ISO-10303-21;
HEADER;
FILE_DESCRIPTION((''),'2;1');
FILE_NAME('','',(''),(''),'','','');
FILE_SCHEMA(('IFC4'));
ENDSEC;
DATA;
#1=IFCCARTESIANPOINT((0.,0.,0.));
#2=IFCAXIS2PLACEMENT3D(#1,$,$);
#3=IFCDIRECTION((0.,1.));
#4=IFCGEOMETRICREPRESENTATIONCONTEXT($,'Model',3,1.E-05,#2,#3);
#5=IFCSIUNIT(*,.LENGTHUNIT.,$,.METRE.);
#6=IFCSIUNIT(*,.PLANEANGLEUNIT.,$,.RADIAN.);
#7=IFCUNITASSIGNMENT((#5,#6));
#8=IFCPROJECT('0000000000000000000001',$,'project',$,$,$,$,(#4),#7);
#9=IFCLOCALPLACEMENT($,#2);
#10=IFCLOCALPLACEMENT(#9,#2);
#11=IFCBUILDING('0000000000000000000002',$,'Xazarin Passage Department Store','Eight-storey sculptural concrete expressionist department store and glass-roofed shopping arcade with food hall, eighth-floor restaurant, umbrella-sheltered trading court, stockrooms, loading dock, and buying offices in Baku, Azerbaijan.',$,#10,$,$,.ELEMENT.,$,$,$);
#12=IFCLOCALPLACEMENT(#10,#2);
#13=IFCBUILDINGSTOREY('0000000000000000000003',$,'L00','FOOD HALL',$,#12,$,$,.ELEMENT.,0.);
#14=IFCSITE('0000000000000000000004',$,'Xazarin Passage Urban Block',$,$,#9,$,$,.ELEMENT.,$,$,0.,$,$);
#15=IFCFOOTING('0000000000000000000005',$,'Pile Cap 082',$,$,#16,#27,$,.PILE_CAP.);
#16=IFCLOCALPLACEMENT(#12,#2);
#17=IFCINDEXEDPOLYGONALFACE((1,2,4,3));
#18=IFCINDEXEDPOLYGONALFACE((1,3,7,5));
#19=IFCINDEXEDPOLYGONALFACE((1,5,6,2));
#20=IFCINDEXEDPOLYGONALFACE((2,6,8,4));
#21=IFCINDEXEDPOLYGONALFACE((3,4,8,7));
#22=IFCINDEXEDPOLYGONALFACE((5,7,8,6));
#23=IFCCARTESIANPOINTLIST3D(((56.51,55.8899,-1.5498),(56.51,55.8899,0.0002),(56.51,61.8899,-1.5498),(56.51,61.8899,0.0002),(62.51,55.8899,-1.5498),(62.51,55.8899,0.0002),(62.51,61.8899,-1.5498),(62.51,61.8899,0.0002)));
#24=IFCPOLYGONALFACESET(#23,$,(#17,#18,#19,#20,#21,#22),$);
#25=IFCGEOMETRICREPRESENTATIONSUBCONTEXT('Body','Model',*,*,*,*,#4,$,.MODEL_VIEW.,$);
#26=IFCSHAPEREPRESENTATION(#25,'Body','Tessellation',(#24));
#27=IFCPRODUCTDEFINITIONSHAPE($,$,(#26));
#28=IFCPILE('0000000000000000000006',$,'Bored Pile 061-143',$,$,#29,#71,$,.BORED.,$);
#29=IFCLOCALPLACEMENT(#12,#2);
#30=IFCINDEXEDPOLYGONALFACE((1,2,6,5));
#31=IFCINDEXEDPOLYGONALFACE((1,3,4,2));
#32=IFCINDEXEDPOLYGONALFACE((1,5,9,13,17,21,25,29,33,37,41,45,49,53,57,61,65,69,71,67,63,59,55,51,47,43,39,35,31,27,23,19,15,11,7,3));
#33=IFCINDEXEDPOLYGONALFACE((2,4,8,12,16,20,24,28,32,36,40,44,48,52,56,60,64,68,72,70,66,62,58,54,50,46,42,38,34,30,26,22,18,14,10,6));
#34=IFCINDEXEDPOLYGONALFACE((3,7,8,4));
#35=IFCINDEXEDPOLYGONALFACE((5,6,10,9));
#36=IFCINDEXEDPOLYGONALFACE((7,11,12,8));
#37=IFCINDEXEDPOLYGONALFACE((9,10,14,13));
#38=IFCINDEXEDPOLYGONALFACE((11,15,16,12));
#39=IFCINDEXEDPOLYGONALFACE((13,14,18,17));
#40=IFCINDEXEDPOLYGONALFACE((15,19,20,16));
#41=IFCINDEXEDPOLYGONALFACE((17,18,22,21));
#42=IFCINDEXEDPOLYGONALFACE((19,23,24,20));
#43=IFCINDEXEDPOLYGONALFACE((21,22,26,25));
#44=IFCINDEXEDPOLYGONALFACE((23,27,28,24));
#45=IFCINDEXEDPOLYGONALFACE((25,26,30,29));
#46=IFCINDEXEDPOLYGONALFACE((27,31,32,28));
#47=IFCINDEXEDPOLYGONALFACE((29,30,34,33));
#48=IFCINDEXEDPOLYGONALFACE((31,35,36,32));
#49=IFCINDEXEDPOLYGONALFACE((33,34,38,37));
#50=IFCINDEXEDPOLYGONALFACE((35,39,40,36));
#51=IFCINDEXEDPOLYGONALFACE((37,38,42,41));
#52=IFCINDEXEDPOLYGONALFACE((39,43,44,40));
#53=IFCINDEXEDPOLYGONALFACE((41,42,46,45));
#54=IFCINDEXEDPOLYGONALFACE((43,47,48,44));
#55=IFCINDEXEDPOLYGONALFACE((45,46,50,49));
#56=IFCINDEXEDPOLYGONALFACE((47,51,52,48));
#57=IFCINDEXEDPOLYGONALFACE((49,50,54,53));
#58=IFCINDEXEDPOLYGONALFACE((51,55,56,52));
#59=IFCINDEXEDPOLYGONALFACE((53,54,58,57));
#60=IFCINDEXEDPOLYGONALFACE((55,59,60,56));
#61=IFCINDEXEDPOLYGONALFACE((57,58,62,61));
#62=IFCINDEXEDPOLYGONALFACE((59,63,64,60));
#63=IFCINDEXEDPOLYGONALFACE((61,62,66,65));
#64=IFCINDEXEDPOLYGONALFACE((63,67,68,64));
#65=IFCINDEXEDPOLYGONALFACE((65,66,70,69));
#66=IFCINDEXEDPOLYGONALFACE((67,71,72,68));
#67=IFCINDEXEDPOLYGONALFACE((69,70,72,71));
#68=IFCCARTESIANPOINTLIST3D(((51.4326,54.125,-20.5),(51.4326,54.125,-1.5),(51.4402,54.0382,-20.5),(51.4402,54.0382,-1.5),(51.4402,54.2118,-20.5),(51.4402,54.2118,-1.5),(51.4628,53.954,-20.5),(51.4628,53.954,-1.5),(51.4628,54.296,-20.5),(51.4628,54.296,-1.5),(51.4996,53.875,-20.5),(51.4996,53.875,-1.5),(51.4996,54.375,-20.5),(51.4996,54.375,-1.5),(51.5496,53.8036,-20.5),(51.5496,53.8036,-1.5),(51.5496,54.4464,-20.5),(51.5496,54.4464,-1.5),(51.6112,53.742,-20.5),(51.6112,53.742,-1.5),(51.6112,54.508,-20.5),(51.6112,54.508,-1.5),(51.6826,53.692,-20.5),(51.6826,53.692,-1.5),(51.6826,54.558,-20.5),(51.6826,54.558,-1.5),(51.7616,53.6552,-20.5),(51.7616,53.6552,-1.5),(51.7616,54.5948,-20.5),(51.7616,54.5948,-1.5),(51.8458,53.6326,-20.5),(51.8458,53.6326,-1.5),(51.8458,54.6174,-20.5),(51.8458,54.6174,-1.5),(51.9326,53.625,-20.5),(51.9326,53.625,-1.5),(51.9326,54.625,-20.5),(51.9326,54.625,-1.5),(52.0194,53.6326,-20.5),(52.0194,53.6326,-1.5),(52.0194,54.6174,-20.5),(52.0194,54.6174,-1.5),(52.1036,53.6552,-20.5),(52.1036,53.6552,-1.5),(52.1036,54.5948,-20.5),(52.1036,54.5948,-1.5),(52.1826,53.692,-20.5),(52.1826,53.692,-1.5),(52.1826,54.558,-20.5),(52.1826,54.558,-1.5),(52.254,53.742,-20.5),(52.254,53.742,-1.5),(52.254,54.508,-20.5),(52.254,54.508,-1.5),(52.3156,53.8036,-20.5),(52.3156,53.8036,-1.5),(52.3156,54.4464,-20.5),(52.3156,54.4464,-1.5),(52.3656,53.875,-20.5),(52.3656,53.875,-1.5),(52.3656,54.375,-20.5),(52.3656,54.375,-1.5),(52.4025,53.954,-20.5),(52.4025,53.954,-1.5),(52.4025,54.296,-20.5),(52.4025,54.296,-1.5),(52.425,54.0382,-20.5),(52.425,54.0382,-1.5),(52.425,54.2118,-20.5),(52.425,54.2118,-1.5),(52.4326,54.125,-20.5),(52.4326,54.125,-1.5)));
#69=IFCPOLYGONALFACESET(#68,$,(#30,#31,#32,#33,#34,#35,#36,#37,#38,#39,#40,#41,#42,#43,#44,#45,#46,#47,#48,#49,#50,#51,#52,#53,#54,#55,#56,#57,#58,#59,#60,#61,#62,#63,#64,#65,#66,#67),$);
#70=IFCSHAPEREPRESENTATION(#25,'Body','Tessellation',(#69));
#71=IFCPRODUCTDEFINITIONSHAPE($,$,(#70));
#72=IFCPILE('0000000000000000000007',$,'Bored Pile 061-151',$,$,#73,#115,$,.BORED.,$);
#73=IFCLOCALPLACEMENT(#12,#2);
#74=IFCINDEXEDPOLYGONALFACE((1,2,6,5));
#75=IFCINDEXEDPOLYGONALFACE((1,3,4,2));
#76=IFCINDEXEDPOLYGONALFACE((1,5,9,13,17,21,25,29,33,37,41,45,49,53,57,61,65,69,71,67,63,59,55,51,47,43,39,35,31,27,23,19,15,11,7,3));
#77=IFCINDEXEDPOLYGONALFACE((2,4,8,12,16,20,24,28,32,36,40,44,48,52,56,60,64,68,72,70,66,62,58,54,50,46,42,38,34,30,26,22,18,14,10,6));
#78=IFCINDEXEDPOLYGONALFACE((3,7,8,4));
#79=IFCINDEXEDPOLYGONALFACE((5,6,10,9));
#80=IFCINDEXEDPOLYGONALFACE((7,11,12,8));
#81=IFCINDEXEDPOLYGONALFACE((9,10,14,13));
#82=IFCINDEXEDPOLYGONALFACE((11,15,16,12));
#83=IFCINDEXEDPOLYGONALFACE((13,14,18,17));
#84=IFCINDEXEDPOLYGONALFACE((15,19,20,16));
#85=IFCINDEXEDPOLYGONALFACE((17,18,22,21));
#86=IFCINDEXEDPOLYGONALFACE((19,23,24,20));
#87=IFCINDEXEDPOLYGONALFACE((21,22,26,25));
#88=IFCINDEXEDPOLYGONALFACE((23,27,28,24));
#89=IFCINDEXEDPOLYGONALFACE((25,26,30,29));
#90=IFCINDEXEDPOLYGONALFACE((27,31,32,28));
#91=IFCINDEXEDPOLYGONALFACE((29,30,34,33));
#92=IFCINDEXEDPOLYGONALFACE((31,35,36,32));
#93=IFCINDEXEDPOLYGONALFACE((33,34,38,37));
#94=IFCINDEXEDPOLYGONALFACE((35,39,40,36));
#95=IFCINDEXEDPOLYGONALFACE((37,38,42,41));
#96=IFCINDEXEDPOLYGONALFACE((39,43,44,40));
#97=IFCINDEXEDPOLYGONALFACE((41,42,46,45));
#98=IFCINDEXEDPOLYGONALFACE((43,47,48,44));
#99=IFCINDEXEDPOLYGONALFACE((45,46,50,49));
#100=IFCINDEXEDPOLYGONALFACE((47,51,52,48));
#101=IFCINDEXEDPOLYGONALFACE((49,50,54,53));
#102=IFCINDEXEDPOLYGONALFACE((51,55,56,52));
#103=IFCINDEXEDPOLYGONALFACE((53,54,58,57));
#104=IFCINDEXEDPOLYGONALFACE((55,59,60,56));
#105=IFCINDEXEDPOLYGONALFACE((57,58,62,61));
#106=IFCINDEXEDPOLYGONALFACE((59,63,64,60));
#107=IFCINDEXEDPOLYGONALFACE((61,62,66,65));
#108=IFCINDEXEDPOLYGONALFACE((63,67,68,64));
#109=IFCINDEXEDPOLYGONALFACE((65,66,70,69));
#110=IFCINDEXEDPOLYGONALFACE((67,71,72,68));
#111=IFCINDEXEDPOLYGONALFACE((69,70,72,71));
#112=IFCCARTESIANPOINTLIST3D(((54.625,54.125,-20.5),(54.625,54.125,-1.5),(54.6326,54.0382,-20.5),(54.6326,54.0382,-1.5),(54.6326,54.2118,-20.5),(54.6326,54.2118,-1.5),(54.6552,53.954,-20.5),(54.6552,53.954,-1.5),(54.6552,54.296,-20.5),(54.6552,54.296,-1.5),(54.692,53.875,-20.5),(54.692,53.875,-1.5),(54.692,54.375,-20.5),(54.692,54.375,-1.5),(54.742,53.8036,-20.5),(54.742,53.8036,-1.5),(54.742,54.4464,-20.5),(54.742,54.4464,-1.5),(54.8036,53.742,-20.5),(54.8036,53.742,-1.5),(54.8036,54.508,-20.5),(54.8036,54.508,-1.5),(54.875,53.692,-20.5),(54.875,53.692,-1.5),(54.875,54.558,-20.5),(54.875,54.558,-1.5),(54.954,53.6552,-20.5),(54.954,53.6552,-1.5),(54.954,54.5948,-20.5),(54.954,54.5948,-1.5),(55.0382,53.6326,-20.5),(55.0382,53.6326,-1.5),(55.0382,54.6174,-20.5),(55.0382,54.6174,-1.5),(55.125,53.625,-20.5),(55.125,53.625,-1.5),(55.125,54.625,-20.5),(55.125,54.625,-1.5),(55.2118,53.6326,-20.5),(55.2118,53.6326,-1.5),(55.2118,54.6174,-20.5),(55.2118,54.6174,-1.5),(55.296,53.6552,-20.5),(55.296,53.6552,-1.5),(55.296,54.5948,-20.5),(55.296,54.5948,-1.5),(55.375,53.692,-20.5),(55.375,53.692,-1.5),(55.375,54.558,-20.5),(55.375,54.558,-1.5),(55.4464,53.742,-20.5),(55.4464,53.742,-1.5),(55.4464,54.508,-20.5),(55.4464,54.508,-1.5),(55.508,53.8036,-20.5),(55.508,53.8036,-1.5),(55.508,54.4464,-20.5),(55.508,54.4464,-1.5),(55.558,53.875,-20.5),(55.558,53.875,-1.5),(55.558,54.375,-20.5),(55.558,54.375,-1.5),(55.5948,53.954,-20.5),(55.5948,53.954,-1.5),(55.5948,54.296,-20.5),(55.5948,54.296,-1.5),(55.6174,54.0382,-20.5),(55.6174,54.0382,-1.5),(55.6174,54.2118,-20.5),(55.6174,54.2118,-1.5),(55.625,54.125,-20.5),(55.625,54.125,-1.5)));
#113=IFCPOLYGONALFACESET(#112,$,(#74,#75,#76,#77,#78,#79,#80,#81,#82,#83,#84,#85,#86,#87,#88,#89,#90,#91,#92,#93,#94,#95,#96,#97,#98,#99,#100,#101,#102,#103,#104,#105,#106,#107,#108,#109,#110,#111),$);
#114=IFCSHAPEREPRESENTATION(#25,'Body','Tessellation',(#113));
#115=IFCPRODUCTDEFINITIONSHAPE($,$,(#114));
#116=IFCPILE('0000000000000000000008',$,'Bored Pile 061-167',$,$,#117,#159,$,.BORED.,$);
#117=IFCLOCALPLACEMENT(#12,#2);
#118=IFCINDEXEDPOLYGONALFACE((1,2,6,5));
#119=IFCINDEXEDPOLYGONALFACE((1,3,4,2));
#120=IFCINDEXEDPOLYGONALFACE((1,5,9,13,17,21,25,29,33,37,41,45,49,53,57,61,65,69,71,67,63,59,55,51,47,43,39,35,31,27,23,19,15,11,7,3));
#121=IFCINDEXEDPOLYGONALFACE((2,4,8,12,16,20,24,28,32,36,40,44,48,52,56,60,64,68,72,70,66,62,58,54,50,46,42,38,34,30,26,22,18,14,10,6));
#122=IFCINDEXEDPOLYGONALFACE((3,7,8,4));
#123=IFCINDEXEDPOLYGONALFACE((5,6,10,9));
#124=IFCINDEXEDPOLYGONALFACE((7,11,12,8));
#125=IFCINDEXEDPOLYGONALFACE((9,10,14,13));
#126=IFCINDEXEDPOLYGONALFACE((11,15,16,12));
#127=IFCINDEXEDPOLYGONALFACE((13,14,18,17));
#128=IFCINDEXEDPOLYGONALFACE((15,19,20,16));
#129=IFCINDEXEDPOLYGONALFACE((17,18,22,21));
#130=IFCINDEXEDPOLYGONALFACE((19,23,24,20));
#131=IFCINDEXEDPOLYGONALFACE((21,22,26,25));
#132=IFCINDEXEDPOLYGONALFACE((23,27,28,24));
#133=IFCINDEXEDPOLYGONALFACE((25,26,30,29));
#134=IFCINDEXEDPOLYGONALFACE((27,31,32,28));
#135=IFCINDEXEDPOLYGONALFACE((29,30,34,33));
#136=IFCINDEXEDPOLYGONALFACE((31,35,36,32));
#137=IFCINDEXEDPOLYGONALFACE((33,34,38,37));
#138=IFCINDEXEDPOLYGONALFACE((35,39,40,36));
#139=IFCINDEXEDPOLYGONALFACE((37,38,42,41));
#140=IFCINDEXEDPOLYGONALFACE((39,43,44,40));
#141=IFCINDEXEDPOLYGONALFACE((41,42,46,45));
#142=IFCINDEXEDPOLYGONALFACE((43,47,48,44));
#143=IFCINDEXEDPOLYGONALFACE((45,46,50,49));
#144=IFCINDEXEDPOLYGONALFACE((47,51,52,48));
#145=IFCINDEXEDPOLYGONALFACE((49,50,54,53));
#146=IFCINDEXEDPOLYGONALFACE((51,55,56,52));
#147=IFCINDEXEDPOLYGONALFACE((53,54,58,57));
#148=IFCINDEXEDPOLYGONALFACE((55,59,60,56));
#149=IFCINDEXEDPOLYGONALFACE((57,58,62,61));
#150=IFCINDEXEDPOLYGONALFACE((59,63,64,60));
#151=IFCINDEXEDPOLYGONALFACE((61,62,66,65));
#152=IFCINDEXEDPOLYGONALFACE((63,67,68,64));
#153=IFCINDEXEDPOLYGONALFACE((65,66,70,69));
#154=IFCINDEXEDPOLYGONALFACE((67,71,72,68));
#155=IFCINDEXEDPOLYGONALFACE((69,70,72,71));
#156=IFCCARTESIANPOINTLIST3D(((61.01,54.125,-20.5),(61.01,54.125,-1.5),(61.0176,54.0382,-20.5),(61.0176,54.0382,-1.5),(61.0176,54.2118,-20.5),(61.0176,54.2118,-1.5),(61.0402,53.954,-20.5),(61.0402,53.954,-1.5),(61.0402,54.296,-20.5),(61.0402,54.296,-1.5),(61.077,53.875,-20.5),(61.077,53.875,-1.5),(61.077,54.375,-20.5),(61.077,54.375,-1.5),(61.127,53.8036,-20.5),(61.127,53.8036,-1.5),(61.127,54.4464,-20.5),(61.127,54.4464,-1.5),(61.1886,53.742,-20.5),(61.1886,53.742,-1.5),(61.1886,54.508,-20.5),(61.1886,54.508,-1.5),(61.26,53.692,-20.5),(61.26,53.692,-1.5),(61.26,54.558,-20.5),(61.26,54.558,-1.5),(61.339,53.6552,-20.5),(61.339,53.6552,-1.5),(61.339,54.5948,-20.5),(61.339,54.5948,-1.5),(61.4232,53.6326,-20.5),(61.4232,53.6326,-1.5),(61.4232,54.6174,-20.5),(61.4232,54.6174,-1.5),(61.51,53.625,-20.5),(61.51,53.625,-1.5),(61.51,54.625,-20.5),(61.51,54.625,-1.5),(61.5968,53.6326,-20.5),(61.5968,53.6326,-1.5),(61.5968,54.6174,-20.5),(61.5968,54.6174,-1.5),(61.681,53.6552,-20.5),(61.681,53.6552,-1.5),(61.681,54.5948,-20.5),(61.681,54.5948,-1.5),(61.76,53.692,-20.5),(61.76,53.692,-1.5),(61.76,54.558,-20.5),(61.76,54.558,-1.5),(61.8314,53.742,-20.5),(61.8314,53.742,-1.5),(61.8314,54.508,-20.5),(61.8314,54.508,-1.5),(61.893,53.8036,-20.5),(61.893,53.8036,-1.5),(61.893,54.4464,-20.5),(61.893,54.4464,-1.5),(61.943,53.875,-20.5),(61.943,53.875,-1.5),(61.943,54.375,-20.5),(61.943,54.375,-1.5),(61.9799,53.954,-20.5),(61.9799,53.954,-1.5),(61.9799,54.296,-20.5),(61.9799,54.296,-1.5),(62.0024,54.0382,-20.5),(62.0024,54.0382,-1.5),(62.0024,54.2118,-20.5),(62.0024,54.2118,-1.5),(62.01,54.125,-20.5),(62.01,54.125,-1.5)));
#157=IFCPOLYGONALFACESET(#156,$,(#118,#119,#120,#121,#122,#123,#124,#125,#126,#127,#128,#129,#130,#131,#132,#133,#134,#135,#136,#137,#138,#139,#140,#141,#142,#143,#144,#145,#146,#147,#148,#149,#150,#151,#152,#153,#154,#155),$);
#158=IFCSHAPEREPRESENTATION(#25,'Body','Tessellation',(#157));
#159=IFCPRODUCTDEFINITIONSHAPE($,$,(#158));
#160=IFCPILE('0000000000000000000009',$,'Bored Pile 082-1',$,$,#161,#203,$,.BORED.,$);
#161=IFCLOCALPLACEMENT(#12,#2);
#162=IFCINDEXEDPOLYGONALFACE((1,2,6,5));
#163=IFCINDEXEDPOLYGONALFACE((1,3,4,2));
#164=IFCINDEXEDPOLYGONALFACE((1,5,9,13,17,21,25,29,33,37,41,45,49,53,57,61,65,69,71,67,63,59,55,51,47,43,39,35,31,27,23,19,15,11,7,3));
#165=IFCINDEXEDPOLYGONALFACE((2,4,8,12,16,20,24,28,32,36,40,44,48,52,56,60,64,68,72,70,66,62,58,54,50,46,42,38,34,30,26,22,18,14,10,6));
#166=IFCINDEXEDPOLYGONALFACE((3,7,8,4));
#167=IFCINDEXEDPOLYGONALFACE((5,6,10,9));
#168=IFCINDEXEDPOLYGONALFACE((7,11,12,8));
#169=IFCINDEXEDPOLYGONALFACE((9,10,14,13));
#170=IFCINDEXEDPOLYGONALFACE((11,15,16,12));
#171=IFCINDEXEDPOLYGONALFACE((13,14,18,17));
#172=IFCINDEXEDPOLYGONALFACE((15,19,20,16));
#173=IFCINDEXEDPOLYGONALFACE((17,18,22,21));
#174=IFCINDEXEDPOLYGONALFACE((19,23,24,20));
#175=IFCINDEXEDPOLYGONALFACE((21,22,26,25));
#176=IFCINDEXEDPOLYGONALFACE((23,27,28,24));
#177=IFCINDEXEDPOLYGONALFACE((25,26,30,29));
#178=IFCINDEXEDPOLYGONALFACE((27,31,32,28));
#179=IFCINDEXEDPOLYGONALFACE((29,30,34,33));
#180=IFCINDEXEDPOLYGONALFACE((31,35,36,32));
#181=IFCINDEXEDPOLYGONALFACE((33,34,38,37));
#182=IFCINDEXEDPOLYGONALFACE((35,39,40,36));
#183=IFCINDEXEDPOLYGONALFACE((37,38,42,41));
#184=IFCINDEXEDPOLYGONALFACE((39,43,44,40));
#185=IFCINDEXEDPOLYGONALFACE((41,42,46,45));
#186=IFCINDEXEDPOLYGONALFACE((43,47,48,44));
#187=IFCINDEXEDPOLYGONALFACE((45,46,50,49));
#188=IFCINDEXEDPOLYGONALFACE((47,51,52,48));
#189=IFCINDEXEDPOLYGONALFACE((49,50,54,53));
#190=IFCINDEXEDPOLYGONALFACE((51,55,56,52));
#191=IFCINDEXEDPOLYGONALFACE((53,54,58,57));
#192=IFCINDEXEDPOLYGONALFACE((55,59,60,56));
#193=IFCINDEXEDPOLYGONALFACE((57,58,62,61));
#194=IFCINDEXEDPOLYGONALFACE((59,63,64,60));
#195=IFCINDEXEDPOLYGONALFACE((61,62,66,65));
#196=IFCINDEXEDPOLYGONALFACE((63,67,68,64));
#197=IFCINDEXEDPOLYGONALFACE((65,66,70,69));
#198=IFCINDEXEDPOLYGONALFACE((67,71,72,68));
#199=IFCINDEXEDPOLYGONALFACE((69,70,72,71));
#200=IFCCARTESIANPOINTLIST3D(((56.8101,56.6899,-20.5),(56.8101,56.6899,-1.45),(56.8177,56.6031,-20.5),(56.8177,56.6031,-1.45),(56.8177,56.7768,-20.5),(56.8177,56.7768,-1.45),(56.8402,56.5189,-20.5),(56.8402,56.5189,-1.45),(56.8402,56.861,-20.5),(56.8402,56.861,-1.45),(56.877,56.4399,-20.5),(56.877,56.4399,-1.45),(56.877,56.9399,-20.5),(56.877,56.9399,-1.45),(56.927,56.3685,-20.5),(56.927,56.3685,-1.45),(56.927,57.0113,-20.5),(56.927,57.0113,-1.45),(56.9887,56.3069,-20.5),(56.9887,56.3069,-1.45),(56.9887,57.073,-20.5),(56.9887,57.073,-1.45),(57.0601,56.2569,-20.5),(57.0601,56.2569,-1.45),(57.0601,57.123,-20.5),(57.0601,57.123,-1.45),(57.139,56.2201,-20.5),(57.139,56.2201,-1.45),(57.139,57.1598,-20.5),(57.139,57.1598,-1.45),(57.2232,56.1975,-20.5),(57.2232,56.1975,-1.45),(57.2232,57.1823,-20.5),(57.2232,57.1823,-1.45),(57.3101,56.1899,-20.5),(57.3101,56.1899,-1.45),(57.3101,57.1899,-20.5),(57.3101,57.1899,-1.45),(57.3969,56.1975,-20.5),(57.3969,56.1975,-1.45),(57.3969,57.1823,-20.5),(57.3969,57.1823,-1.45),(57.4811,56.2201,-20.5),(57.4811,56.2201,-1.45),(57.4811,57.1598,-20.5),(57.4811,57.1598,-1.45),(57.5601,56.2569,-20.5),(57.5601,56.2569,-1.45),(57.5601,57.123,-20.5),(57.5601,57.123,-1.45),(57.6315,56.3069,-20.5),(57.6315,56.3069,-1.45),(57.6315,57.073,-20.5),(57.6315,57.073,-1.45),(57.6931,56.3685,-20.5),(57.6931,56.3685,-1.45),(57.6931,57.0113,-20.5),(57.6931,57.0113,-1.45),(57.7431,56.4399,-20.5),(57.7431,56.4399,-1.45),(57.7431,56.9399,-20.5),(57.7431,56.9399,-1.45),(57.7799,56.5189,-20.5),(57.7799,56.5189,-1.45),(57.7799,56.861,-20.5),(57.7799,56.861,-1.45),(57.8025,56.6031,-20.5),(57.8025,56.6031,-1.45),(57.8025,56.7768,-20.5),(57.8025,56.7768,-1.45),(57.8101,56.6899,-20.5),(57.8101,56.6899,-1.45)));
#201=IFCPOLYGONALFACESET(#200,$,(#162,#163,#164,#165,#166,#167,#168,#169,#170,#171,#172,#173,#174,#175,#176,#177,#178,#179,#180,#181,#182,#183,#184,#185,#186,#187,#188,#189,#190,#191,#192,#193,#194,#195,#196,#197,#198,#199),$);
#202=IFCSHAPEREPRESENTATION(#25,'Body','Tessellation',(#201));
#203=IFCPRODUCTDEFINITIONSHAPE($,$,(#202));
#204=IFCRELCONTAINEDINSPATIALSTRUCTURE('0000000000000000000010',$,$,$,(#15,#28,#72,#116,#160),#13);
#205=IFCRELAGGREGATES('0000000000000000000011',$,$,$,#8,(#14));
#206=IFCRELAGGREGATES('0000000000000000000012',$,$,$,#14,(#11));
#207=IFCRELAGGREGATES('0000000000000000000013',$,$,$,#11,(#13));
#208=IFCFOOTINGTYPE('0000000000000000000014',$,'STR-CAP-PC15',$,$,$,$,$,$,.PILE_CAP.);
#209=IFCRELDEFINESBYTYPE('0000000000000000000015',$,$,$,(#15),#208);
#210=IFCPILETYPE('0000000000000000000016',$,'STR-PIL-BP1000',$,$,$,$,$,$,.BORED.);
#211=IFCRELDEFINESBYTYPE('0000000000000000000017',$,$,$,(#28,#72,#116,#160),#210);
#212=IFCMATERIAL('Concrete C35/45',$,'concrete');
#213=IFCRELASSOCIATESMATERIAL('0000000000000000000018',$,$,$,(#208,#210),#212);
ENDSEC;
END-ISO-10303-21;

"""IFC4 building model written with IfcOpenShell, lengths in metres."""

from ifc_helpers import new_model, si_unit, direction, frame, origin, origin_2d, place, context, subcontext, project, spatial, rectangle, circle, extrude, material, material_profile, profile_set, type_object, element, save


model = new_model("IFC4")

# Units and contexts
model_context = context("Model", 3, precision=1e-05, world=origin(), true_north=direction((0.0, 1.0)))
body_context = subcontext(model_context, "Body", "Model", "MODEL_VIEW")
ifc_project = project(units=[si_unit("LENGTHUNIT", "METRE"), si_unit("PLANEANGLEUNIT", "RADIAN")], contexts=[model_context])

# Site, building, storey
site_placement = place(None, origin())
site = spatial("IfcSite", under=ifc_project, at=site_placement, Name="Xazarin Passage Urban Block", CompositionType="ELEMENT", RefElevation=0.0)
building_placement = place(site_placement, origin())
building = spatial("IfcBuilding", under=site, at=building_placement, Name="Xazarin Passage Department Store", Description="Eight-storey sculptural concrete expressionist department store and glass-roofed shopping arcade with food hall, eighth-floor restaurant, umbrella-sheltered trading court, stockrooms, loading dock, and buying offices in Baku, Azerbaijan.", CompositionType="ELEMENT")
storey_placement = place(building_placement, origin())
storey = spatial("IfcBuildingStorey", under=building, at=storey_placement, Name="L00", Description="FOOD HALL", CompositionType="ELEMENT", Elevation=0.0)

# Footing
ifc_material_1 = material(Name="Concrete C35/45", Category="concrete")
footing_type = type_object("IfcFootingType", Name="STR-CAP-PC15", PredefinedType="PILE_CAP", material=ifc_material_1)
footing_placement = place(storey_placement, frame((59.51, 58.8899, -1.5498), z_axis=(0.0, 0.0, 1.0), x_axis=(1.0, 0.0, 0.0)))
element("IfcFooting", 1, at=footing_placement, inside=storey, type_object=footing_type, Name="Pile Cap 082", PredefinedType="PILE_CAP", context=body_context, shape_type="SweptSolid", body=[
    extrude(rectangle(XDim=6.0, YDim=6.0, at=origin_2d()), origin(), (0.0, 0.0, 1.0), 1.55),
])

# Piles
ifc_material_profile_1 = material_profile(ifc_material_1, circle(Radius=0.5, at=origin_2d()), Name="BP 1000")
ifc_profile_set_1 = profile_set([ifc_material_profile_1], Name="Concrete C35/45")
pile_type_1 = type_object("IfcPileType", Name="STR-PIL-BP1000", PredefinedType="BORED", material=ifc_profile_set_1)
for number, where, z_axis, x_axis, name in (
    (2, (51.9326, 54.125, -1.5), (0.0, 0.0, -1.0), (1.0, 0.0, 0.0), "Bored Pile 061-143"),
    (3, (55.125, 54.125, -1.5), (0.0, 0.0, -1.0), (1.0, 0.0, 0.0), "Bored Pile 061-151"),
    (4, (61.51, 54.125, -1.5), (0.0, 0.0, -1.0), (1.0, 0.0, 0.0), "Bored Pile 061-167"),
):
    element("IfcPile", number, at=place(storey_placement, frame(where, z_axis=z_axis, x_axis=x_axis)), inside=storey, type_object=pile_type_1, Name=name, PredefinedType="BORED", context=body_context, shape_type="SweptSolid", body=[
        extrude(circle(Radius=0.5, at=origin_2d()), origin(), (0.0, 0.0, 1.0), 19.0),
    ])
pile_1_placement = place(storey_placement, frame((57.3101, 56.6899, -1.45), z_axis=(0.0, 0.0, -1.0), x_axis=(1.0, 0.0, 0.0)))
element("IfcPile", 5, at=pile_1_placement, inside=storey, type_object=pile_type_1, Name="Bored Pile 082-1", PredefinedType="BORED", context=body_context, shape_type="SweptSolid", body=[
    extrude(circle(Radius=0.5, at=origin_2d()), origin(), (0.0, 0.0, 1.0), 19.05),
])

save(model, "model.ifc")
